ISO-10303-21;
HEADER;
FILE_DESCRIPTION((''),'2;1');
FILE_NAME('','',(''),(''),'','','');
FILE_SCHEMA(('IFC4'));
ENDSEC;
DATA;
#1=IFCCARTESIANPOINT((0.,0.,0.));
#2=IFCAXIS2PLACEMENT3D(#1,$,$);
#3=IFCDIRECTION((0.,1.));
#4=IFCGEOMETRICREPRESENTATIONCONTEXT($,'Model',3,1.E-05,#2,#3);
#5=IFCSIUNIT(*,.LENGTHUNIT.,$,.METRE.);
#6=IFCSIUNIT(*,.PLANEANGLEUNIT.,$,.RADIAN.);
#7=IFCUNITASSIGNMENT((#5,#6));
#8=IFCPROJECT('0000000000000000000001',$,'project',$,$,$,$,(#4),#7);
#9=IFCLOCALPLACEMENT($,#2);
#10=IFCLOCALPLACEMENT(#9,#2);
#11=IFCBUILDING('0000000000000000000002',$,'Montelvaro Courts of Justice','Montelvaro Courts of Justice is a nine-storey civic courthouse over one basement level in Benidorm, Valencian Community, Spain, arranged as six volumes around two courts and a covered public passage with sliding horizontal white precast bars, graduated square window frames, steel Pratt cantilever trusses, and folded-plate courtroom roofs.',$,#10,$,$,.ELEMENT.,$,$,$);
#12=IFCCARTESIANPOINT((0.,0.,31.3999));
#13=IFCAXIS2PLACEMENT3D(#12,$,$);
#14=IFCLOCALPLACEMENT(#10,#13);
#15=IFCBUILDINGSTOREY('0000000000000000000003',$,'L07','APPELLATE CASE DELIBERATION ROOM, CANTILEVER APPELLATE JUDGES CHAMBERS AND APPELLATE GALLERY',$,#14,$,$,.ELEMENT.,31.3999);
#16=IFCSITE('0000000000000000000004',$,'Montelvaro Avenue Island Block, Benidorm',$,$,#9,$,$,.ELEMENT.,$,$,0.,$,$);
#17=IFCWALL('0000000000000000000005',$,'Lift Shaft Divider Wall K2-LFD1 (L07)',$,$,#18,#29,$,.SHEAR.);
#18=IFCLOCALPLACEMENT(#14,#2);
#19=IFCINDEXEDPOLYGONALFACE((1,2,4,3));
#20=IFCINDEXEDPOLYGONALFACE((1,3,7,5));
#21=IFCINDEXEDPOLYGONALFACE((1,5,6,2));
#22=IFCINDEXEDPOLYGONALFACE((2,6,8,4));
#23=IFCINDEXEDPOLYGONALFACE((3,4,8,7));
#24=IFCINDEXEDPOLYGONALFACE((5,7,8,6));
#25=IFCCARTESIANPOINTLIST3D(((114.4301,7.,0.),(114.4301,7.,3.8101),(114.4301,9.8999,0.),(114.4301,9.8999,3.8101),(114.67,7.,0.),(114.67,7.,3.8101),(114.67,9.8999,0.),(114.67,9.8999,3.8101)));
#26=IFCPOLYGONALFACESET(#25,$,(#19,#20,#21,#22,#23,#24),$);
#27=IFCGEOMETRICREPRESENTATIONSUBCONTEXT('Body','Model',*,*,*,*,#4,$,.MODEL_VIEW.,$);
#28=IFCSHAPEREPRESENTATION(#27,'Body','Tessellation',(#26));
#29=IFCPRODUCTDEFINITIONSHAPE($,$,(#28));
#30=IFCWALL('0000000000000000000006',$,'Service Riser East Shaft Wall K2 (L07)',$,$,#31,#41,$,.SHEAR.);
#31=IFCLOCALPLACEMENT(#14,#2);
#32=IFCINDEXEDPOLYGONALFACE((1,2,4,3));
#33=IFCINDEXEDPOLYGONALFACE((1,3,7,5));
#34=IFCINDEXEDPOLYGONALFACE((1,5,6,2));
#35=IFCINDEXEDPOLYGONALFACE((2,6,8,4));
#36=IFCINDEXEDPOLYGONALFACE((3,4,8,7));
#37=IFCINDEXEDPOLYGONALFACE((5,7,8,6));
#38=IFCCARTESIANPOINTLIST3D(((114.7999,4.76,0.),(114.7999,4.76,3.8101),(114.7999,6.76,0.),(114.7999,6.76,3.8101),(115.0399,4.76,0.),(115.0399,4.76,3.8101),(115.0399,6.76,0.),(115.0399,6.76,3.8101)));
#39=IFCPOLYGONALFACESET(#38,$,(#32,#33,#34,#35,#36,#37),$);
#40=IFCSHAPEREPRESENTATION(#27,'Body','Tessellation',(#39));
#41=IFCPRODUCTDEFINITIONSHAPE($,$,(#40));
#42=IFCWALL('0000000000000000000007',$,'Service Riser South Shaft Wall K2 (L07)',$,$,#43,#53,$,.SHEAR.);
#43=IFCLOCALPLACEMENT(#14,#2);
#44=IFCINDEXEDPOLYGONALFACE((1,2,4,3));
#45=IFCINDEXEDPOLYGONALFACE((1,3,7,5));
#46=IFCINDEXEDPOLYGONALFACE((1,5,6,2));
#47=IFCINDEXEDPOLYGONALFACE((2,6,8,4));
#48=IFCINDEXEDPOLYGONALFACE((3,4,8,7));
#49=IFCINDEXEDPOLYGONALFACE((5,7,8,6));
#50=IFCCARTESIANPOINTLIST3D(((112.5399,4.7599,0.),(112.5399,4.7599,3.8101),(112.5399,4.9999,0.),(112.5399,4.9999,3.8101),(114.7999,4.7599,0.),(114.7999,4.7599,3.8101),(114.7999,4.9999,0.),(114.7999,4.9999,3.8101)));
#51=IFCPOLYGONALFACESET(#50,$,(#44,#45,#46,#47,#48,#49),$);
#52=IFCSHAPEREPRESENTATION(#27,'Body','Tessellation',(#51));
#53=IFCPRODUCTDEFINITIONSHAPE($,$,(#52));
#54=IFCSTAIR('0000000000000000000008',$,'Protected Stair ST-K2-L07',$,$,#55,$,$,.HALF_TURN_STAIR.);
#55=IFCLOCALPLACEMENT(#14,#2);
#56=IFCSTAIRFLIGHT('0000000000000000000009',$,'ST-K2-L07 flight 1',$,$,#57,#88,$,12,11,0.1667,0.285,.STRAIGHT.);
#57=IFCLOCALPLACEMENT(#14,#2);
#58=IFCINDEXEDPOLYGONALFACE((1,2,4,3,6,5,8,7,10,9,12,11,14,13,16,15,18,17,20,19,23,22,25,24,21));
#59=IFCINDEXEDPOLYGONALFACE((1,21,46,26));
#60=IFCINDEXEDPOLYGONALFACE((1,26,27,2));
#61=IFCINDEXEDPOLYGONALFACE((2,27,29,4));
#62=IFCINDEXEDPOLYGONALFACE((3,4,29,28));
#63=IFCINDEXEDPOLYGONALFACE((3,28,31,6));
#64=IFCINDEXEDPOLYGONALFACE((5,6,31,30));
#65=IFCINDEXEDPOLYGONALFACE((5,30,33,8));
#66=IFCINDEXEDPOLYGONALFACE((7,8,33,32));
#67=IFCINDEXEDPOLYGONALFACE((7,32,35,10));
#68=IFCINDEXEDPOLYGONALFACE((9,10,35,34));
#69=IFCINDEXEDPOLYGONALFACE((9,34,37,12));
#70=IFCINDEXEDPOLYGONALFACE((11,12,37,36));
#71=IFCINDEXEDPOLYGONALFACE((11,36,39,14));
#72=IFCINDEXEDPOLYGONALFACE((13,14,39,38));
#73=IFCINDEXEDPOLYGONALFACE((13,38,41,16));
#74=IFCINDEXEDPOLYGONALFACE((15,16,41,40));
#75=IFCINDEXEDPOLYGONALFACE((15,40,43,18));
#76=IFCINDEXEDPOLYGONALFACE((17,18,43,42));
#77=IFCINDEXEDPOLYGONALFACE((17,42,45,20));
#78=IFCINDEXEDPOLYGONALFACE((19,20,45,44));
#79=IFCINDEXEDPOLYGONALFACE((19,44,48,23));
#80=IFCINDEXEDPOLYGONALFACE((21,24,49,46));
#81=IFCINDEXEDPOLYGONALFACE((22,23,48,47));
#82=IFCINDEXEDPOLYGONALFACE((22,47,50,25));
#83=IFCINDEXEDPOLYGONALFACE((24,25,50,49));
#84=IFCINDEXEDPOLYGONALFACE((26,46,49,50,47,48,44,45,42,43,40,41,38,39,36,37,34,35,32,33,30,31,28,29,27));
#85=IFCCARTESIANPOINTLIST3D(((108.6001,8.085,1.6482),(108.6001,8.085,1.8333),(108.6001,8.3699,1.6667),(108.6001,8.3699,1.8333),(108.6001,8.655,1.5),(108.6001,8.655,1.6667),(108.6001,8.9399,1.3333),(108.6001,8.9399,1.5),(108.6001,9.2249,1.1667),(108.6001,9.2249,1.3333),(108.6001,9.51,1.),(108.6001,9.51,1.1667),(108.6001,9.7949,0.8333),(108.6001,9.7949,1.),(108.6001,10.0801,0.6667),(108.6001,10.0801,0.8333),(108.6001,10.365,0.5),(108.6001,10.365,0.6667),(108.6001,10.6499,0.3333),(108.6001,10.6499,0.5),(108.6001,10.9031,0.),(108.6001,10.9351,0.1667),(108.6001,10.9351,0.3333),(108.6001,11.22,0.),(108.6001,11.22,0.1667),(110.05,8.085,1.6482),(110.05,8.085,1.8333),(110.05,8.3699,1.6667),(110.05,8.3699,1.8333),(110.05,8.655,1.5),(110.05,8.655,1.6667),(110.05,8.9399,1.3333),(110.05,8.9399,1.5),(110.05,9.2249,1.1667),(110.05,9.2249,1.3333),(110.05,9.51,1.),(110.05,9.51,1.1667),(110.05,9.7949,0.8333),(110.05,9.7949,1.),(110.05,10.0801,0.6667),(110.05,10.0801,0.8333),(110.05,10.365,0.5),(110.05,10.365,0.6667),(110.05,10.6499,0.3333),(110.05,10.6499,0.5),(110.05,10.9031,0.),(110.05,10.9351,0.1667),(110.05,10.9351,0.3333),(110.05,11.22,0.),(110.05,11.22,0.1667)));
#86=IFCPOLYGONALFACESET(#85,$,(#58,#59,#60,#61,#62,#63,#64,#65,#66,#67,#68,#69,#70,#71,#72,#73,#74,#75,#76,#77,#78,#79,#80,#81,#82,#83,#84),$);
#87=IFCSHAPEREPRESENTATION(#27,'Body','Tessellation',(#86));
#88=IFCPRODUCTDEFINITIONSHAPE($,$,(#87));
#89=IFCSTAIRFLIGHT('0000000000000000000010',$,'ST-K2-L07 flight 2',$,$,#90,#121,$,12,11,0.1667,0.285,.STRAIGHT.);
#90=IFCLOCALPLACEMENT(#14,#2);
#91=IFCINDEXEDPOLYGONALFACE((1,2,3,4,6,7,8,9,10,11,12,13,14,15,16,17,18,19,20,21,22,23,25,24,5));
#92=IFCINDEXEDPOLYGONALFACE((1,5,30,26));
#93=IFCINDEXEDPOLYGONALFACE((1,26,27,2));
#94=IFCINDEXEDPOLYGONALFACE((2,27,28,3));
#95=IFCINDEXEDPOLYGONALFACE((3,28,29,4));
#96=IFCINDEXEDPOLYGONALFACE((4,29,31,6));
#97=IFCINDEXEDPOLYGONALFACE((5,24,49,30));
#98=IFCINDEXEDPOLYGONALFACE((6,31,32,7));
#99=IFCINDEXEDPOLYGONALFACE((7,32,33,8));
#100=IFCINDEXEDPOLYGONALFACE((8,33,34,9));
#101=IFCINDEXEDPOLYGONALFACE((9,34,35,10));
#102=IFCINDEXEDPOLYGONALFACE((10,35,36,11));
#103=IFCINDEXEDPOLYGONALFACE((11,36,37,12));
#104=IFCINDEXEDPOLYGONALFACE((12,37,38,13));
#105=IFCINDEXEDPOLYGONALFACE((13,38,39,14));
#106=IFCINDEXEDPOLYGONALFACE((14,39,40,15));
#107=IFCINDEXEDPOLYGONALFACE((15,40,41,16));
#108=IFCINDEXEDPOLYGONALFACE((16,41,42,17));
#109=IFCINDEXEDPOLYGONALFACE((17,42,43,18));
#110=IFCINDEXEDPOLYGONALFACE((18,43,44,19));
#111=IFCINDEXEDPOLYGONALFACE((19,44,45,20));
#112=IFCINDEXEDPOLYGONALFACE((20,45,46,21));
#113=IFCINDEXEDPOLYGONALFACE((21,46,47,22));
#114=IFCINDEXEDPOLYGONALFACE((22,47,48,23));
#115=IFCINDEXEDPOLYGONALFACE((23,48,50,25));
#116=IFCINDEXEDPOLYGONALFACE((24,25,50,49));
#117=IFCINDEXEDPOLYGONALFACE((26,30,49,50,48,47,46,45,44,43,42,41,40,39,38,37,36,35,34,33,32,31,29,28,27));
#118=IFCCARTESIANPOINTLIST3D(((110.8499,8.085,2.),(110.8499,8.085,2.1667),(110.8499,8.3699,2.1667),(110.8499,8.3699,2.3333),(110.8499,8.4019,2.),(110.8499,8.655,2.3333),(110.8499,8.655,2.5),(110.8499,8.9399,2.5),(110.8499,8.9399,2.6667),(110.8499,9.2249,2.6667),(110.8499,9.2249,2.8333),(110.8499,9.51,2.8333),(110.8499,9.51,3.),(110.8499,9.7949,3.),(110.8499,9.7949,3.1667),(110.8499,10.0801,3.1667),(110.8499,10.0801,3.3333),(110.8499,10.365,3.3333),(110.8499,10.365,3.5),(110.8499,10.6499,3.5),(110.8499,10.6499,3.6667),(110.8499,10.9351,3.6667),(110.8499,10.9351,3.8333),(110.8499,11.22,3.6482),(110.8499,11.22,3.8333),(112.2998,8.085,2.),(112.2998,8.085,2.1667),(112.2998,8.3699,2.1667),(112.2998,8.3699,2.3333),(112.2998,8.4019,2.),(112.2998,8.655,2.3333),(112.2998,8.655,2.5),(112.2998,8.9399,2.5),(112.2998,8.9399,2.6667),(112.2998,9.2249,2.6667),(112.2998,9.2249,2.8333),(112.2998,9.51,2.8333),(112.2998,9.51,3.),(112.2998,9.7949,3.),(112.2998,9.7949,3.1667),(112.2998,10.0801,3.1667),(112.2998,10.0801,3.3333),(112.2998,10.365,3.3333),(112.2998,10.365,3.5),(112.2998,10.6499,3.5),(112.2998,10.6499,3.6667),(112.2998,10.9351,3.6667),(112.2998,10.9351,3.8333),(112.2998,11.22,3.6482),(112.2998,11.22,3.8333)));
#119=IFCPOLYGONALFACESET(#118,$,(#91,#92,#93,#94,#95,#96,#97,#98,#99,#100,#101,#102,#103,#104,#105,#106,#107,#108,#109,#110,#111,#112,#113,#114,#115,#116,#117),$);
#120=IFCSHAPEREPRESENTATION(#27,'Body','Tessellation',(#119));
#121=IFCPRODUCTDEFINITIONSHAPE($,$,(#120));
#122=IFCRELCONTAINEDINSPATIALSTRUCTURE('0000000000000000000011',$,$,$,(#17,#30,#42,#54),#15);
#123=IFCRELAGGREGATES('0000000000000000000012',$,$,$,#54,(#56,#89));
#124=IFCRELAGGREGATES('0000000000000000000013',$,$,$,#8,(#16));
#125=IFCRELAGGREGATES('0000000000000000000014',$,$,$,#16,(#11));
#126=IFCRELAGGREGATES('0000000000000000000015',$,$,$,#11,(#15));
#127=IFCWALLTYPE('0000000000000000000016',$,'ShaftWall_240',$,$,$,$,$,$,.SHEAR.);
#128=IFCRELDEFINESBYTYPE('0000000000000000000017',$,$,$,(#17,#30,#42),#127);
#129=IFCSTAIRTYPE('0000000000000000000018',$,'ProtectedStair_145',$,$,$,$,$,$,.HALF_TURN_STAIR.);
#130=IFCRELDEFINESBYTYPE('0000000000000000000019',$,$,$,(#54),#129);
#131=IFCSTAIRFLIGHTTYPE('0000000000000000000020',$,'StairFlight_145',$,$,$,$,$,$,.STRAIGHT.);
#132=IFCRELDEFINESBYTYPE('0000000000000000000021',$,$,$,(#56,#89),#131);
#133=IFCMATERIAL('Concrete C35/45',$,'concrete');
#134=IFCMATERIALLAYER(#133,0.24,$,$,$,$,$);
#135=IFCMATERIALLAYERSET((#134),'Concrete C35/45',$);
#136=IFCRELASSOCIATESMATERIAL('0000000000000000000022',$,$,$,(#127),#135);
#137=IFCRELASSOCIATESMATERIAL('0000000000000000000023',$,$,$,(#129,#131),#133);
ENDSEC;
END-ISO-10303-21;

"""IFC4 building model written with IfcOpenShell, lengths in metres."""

from ifc_helpers import new_model, si_unit, direction, frame, frame_2d, origin, place, context, subcontext, project, spatial, polyline, rectangle, outline, extrude, material, layer, layer_set, type_object, element, aggregate, save


model = new_model("IFC4")

# Units and contexts
model_context = context("Model", 3, precision=1e-05, world=origin(), true_north=direction((0.0, 1.0)))
body_context = subcontext(model_context, "Body", "Model", "MODEL_VIEW")
ifc_project = project(units=[si_unit("LENGTHUNIT", "METRE"), si_unit("PLANEANGLEUNIT", "RADIAN")], contexts=[model_context])

# Site, building, storey
site_placement = place(None, origin())
site = spatial("IfcSite", under=ifc_project, at=site_placement, Name="Montelvaro Avenue Island Block, Benidorm", CompositionType="ELEMENT", RefElevation=0.0)
building_placement = place(site_placement, origin())
building = spatial("IfcBuilding", under=site, at=building_placement, Name="Montelvaro Courts of Justice", Description="Montelvaro Courts of Justice is a nine-storey civic courthouse over one basement level in Benidorm, Valencian Community, Spain, arranged as six volumes around two courts and a covered public passage with sliding horizontal white precast bars, graduated square window frames, steel Pratt cantilever trusses, and folded-plate courtroom roofs.", CompositionType="ELEMENT")
storey_placement = place(building_placement, frame((0.0, 0.0, 31.3999)))
storey = spatial("IfcBuildingStorey", under=building, at=storey_placement, Name="L07", Description="APPELLATE CASE DELIBERATION ROOM, CANTILEVER APPELLATE JUDGES CHAMBERS AND APPELLATE GALLERY", CompositionType="ELEMENT", Elevation=31.3999)

# Shared definitions
ifc_material_1 = material(Name="Concrete C35/45", Category="concrete")
ifc_layer_1 = layer(ifc_material_1, 0.24)
ifc_layer_set_1 = layer_set([ifc_layer_1], Name="Concrete C35/45")
wall_type_1 = type_object("IfcWallType", Name="ShaftWall_240", PredefinedType="SHEAR", material=ifc_layer_set_1)

# Walls
wall_1_placement = place(storey_placement, frame((114.55, 7.0, 0.0), z_axis=(0.0, 0.0, 1.0), x_axis=(0.0, 1.0, 0.0)))
element("IfcWall", 1, at=wall_1_placement, inside=storey, type_object=wall_type_1, Name="Lift Shaft Divider Wall K2-LFD1 (L07)", PredefinedType="SHEAR", context=body_context, shape_type="SweptSolid", body=[
    extrude(rectangle(XDim=2.8999, YDim=0.24, at=frame_2d((1.45, 0.0))), origin(), (0.0, 0.0, 1.0), 3.8101),
])
wall_2_placement = place(storey_placement, frame((114.9199, 4.76, 0.0), z_axis=(0.0, 0.0, 1.0), x_axis=(0.0, 1.0, 0.0)))
element("IfcWall", 2, at=wall_2_placement, inside=storey, type_object=wall_type_1, Name="Service Riser East Shaft Wall K2 (L07)", PredefinedType="SHEAR", context=body_context, shape_type="SweptSolid", body=[
    extrude(rectangle(XDim=2.0, YDim=0.24, at=frame_2d((1.0, 0.0))), origin(), (0.0, 0.0, 1.0), 3.8101),
])
wall_3_placement = place(storey_placement, frame((112.54, 4.8799, 0.0), z_axis=(0.0, 0.0, 1.0), x_axis=(1.0, 0.0, 0.0)))
element("IfcWall", 3, at=wall_3_placement, inside=storey, type_object=wall_type_1, Name="Service Riser South Shaft Wall K2 (L07)", PredefinedType="SHEAR", context=body_context, shape_type="SweptSolid", body=[
    extrude(rectangle(XDim=2.26, YDim=0.24, at=frame_2d((1.1299, 0.0))), origin(), (0.0, 0.0, 1.0), 3.8101),
])

# Stair, stair flights
stair_type = type_object("IfcStairType", Name="ProtectedStair_145", PredefinedType="HALF_TURN_STAIR", material=ifc_material_1)
stair_placement = place(storey_placement, origin())
stair = element("IfcStair", 4, at=stair_placement, inside=storey, type_object=stair_type, Name="Protected Stair ST-K2-L07", PredefinedType="HALF_TURN_STAIR")
stair_flight_type = type_object("IfcStairFlightType", Name="StairFlight_145", PredefinedType="STRAIGHT", material=ifc_material_1)
stair_flight_1_placement = place(storey_placement, frame((109.325, 11.22, 0.0), z_axis=(0.0, 0.0, 1.0), x_axis=(0.0, -1.0, 0.0)))
stair_flight_1 = element("IfcStairFlight", 5, at=stair_flight_1_placement, type_object=stair_flight_type, Name="ST-K2-L07 flight 1", NumberOfRisers=12, NumberOfTreads=11, PredefinedType="STRAIGHT", RiserHeight=0.1667, TreadLength=0.285, context=body_context, shape_type="SweptSolid", body=[
    extrude(outline(polyline([(0.0, 0.0), (0.0, 0.1667), (0.2849, 0.1667), (0.2849, 0.3333), (0.5701, 0.3333), (0.5701, 0.5), (0.855, 0.5), (0.855, 0.6667), (1.1399, 0.6667), (1.1399, 0.8333), (1.425, 0.8333), (1.425, 1.0), (1.71, 1.0), (1.71, 1.1667), (1.9951, 1.1667), (1.9951, 1.3333), (2.28, 1.3333), (2.28, 1.5), (2.5649, 1.5), (2.5649, 1.6667), (2.8501, 1.6667), (2.8501, 1.8333), (3.135, 1.8333), (3.135, 2.0), (3.135, 1.6482), (0.3169, 0.0), (0.0, 0.0)])), frame((0.0, 0.7251, 0.0), z_axis=(0.0, -1.0, 0.0), x_axis=(1.0, 0.0, 0.0)), (0.0, 0.0, 1.0), 1.45),
])
stair_flight_2_placement = place(storey_placement, frame((111.575, 8.085, 2.0), z_axis=(0.0, 0.0, 1.0), x_axis=(0.0, 1.0, 0.0)))
stair_flight_2 = element("IfcStairFlight", 6, at=stair_flight_2_placement, type_object=stair_flight_type, Name="ST-K2-L07 flight 2", NumberOfRisers=12, NumberOfTreads=11, PredefinedType="STRAIGHT", RiserHeight=0.1667, TreadLength=0.285, context=body_context, shape_type="SweptSolid", body=[
    extrude(outline(polyline([(0.0, 0.0), (0.0, 0.1667), (0.2849, 0.1667), (0.2849, 0.3333), (0.5701, 0.3333), (0.5701, 0.5), (0.855, 0.5), (0.855, 0.6667), (1.1399, 0.6667), (1.1399, 0.8333), (1.425, 0.8333), (1.425, 1.0), (1.71, 1.0), (1.71, 1.1667), (1.9951, 1.1667), (1.9951, 1.3333), (2.28, 1.3333), (2.28, 1.5), (2.5649, 1.5), (2.5649, 1.6667), (2.8501, 1.6667), (2.8501, 1.8333), (3.135, 1.8333), (3.135, 2.0), (3.135, 1.6482), (0.3169, 0.0), (0.0, 0.0)])), frame((0.0, 0.7251, 0.0), z_axis=(0.0, -1.0, 0.0), x_axis=(1.0, 0.0, 0.0)), (0.0, 0.0, 1.0), 1.45),
])
aggregate(stair, [stair_flight_1, stair_flight_2])

save(model, "model.ifc")
